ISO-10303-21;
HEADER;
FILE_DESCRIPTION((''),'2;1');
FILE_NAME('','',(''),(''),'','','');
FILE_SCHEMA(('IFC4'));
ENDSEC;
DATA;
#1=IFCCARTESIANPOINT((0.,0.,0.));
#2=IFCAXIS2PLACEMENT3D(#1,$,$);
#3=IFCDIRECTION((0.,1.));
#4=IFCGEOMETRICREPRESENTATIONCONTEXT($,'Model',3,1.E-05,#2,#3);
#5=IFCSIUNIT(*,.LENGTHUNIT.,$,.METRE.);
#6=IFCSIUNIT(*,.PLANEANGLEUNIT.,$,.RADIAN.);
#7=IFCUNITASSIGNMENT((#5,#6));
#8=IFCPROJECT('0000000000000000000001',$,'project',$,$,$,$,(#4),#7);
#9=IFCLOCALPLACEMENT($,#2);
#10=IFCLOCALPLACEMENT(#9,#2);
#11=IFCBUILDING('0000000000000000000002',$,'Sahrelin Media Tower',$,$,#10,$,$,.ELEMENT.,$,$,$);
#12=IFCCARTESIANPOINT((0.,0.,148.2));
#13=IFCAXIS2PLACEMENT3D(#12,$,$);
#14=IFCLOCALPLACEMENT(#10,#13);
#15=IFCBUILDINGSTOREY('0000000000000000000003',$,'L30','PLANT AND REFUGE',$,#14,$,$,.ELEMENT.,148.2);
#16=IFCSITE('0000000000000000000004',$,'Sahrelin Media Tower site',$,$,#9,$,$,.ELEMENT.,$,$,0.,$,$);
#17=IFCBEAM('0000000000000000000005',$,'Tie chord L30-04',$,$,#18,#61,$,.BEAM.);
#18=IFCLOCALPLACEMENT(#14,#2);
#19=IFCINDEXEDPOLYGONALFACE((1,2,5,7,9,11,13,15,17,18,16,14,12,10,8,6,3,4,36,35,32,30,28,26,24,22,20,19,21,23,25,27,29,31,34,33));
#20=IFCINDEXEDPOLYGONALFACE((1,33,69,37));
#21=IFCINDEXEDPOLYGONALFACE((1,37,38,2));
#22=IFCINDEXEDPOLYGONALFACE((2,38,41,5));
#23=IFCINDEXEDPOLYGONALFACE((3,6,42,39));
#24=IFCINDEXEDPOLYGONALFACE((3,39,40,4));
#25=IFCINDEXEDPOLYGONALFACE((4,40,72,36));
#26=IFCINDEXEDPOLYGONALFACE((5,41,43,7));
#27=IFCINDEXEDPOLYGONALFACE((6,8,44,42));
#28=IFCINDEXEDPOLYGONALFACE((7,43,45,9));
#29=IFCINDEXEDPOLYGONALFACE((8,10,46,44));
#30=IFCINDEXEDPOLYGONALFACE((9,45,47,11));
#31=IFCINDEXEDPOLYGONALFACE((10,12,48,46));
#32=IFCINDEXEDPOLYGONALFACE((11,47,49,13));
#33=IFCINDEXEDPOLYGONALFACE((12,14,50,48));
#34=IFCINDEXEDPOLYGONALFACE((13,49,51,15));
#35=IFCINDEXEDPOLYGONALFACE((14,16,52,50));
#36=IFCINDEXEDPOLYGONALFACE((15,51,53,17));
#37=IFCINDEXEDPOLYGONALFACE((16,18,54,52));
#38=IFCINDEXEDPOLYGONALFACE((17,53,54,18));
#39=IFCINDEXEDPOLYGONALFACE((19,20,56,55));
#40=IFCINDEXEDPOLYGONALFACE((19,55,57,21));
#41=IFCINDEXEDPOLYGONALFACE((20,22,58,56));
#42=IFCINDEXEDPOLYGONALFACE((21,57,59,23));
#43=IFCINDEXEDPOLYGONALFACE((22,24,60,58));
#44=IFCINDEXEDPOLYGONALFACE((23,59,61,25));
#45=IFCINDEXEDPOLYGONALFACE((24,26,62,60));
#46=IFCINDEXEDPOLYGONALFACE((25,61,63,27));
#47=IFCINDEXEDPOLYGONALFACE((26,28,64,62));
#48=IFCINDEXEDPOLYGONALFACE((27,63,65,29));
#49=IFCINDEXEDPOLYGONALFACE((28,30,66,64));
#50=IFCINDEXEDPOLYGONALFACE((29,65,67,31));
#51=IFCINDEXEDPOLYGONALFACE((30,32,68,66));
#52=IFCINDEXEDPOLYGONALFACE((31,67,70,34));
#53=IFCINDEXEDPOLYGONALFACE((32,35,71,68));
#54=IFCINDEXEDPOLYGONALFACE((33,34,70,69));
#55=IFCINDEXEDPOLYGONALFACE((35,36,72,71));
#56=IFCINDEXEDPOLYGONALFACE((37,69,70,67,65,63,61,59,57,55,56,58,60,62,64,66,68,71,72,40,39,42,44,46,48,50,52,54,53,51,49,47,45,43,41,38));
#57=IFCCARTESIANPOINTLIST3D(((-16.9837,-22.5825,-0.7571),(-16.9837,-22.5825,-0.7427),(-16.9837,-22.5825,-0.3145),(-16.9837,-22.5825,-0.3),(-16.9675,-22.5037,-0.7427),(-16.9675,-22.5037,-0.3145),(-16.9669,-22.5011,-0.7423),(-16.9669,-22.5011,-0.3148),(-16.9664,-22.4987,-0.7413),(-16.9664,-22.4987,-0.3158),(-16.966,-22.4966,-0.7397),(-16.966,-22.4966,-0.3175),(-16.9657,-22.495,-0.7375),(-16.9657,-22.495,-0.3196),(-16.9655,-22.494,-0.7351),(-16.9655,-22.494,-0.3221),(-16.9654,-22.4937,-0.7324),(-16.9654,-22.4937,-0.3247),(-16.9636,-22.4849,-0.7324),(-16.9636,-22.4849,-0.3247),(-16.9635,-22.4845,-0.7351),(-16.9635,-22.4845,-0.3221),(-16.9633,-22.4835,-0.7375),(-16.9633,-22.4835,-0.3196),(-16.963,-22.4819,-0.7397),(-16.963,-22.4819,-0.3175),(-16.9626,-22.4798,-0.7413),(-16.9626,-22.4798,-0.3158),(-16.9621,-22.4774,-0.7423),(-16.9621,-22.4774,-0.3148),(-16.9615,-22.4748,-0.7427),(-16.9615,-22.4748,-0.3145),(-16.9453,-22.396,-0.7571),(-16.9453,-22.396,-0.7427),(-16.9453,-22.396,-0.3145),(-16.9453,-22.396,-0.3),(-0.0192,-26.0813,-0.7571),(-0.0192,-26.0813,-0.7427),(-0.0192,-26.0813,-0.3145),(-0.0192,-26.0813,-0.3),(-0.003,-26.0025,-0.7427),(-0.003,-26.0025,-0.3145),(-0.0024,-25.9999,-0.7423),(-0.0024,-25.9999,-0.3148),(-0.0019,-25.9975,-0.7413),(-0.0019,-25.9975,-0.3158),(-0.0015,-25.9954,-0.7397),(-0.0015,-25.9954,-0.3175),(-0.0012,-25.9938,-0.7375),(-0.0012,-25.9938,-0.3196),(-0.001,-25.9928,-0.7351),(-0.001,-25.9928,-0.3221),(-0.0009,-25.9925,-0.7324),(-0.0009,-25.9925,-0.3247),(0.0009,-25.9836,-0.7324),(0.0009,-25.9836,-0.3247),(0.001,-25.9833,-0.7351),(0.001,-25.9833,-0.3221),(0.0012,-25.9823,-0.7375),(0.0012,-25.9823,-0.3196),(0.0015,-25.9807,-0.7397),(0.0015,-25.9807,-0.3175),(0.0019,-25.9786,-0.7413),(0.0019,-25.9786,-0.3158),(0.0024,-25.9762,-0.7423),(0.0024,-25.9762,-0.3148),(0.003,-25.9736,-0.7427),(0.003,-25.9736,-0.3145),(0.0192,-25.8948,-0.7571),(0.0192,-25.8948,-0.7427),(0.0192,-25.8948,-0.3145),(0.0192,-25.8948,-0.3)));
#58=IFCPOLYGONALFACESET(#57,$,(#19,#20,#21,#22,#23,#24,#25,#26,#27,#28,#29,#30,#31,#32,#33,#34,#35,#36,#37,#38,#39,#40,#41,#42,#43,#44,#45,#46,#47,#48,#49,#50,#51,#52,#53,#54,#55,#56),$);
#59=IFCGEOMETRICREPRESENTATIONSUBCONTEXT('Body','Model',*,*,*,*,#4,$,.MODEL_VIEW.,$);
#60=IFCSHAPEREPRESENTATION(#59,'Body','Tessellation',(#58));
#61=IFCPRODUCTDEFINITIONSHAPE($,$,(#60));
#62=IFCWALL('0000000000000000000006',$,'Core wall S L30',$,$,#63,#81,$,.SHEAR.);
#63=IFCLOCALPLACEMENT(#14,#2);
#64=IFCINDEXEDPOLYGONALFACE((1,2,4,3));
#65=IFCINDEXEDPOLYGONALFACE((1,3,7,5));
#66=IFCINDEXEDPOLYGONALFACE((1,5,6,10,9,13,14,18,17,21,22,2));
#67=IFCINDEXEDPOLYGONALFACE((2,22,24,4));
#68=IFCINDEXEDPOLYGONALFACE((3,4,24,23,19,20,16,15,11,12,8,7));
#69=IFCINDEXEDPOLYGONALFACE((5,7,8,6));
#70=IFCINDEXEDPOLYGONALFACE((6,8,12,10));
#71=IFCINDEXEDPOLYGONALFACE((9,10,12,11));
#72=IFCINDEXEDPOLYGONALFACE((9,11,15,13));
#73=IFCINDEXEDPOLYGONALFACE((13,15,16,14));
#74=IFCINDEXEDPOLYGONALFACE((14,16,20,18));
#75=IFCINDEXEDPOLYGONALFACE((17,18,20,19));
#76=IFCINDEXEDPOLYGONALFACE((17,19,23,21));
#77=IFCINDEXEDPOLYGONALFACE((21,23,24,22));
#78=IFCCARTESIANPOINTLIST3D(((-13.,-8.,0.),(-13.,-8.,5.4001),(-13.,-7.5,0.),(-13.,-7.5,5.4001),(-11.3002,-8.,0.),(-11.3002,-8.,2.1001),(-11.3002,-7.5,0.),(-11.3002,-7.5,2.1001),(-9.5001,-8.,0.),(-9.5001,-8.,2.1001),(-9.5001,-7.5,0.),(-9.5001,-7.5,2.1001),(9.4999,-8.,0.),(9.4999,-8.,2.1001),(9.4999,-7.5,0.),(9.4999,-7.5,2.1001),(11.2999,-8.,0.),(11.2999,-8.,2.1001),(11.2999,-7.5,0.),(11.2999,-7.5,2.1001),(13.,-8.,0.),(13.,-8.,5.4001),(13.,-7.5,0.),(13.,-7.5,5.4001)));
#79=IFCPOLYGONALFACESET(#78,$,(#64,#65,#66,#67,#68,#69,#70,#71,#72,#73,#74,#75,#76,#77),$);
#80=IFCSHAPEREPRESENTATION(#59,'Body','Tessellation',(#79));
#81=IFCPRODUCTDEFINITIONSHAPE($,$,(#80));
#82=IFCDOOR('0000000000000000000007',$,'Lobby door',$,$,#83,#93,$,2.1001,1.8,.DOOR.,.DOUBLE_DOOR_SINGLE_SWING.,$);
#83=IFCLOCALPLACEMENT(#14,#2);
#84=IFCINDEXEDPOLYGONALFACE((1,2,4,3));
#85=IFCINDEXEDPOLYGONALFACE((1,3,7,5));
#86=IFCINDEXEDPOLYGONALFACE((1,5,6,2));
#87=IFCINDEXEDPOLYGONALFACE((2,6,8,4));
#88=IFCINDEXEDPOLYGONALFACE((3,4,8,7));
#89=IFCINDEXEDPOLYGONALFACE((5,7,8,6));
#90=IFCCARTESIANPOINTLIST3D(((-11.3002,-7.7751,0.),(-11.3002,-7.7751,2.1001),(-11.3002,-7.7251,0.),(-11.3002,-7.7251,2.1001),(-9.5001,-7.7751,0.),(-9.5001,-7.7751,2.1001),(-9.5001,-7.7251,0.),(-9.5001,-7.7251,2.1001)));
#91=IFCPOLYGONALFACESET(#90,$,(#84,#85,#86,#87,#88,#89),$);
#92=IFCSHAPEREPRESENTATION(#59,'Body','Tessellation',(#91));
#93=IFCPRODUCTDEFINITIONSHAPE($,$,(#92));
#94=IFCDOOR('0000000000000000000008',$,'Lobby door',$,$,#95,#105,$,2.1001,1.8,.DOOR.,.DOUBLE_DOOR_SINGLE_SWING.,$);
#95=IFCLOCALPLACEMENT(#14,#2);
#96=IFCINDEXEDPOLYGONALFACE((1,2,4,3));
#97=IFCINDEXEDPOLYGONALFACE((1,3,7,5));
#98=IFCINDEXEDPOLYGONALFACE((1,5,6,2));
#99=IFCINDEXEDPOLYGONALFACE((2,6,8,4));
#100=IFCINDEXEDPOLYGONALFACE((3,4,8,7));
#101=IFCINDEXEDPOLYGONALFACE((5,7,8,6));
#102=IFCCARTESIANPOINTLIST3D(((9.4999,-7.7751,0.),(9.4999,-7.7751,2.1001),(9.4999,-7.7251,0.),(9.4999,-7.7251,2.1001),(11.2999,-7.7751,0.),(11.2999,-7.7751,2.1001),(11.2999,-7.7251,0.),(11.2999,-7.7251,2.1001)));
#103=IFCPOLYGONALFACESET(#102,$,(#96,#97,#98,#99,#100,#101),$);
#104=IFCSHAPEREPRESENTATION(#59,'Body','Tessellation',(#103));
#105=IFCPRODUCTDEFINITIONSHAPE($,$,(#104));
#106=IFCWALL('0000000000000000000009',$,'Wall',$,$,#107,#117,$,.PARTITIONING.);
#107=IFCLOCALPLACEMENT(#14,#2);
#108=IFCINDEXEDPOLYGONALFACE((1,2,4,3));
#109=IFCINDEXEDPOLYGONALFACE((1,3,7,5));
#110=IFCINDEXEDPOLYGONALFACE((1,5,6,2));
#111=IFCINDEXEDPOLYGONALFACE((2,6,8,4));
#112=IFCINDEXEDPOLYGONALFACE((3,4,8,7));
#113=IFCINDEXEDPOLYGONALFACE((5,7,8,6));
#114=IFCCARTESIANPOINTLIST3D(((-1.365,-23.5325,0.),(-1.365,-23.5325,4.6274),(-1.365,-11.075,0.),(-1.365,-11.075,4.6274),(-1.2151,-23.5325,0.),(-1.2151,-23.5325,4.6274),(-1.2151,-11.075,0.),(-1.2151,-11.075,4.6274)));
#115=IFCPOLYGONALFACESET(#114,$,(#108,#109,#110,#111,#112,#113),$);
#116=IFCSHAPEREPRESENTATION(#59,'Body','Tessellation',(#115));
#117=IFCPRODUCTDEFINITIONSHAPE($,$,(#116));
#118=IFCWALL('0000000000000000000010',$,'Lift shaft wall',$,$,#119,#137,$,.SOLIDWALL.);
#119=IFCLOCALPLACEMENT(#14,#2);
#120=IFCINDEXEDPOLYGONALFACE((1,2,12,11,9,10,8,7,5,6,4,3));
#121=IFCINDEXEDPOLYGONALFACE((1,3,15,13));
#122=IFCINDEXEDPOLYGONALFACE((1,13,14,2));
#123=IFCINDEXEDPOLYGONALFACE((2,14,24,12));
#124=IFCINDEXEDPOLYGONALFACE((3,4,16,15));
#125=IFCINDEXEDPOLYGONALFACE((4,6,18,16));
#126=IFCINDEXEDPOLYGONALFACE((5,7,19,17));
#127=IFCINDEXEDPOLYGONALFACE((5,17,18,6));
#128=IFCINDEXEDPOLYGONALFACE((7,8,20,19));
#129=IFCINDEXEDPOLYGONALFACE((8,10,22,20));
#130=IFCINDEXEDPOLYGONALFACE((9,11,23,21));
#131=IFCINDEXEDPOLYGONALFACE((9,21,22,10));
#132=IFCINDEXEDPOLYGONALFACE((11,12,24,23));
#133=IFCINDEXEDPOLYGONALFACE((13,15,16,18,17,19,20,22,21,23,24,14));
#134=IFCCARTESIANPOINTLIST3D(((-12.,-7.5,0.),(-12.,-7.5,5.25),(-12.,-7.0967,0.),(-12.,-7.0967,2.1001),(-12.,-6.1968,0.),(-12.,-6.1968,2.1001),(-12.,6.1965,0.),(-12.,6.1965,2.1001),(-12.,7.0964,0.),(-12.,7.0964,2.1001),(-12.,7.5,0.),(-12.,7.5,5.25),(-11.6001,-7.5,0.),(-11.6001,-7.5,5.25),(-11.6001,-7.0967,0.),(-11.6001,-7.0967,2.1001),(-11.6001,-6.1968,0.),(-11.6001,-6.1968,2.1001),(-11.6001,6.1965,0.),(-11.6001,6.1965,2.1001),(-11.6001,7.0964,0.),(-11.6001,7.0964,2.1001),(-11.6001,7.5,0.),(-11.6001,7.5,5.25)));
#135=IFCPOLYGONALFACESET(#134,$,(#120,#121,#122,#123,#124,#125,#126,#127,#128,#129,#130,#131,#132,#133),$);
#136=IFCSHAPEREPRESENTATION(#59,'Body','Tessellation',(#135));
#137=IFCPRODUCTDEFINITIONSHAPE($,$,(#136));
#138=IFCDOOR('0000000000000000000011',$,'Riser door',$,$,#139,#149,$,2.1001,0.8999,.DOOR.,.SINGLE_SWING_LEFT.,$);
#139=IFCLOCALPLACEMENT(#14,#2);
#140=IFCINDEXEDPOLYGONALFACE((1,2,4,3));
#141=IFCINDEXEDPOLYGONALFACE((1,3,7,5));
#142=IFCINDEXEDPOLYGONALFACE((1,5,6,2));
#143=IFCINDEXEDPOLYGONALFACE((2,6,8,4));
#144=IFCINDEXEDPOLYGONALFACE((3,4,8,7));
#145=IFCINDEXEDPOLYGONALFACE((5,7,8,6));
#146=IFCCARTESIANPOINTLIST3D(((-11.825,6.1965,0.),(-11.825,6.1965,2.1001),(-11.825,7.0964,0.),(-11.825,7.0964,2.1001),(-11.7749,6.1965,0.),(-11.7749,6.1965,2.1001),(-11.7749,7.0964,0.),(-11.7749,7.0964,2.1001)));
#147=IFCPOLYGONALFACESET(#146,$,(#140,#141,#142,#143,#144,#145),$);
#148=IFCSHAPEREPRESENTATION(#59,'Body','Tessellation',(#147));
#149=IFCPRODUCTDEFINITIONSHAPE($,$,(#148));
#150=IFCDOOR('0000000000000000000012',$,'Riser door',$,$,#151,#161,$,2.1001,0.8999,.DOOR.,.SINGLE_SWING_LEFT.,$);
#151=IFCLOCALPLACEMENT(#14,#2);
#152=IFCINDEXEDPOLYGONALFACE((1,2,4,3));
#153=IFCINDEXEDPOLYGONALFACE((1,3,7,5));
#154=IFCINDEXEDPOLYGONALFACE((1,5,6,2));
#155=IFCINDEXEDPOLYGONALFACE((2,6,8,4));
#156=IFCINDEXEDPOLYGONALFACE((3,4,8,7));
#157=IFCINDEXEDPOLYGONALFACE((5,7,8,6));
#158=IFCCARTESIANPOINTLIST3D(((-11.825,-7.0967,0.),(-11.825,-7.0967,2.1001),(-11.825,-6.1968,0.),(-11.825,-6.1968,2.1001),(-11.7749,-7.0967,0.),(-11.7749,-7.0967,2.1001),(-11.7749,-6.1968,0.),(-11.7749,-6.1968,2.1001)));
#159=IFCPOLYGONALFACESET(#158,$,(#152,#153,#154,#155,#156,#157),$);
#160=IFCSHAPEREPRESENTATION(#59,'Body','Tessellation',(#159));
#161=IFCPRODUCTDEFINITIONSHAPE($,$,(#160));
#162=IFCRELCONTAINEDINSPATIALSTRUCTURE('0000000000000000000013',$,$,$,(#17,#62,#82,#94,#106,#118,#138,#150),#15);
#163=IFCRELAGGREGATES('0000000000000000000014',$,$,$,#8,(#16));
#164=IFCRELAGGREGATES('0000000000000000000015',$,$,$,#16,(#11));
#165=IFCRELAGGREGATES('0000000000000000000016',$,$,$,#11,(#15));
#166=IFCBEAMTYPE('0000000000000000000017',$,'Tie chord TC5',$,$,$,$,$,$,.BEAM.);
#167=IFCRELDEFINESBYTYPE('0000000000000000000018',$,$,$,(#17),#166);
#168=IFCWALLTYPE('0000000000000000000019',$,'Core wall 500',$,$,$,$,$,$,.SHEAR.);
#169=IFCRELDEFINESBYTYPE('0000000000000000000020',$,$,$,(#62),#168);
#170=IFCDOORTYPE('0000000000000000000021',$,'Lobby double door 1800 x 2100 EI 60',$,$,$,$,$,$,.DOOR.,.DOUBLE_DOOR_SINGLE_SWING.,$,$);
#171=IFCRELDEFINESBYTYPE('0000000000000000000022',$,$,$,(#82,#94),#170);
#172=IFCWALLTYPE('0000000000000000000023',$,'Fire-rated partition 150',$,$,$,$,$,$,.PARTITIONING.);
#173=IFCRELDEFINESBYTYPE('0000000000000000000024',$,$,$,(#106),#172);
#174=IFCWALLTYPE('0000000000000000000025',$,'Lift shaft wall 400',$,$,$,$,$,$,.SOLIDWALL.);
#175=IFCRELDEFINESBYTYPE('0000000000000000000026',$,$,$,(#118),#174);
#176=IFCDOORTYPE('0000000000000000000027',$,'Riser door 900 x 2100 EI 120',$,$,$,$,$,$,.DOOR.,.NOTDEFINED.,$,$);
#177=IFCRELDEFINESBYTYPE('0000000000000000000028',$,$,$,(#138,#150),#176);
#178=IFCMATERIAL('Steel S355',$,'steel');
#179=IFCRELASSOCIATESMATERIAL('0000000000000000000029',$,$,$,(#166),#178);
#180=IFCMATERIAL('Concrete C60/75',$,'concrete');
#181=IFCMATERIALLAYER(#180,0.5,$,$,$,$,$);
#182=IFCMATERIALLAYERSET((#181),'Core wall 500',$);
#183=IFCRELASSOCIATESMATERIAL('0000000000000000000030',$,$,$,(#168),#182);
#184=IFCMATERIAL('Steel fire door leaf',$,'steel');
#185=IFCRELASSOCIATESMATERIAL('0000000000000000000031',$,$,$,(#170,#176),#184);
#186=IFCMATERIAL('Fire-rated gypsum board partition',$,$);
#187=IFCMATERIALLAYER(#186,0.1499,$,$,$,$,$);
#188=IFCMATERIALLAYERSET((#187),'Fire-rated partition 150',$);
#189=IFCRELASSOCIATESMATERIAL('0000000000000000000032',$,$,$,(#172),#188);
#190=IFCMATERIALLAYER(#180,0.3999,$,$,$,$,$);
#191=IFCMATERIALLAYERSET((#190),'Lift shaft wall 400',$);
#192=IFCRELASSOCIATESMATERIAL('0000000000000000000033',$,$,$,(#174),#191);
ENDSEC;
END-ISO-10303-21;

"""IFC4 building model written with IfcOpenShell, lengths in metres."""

from ifc_helpers import new_model, si_unit, direction, frame, frame_2d, origin, origin_2d, place, context, subcontext, project, spatial, rectangle, i_section, extrude, material, layer, layer_set, material_profile, profile_set, type_object, element, fill, save


model = new_model("IFC4")

# Units and contexts
model_context = context("Model", 3, precision=1e-05, world=origin(), true_north=direction((0.0, 1.0)))
body_context = subcontext(model_context, "Body", "Model", "MODEL_VIEW")
ifc_project = project(units=[si_unit("LENGTHUNIT", "METRE"), si_unit("PLANEANGLEUNIT", "RADIAN")], contexts=[model_context])

# Site, building, storey
site_placement = place(None, origin())
site = spatial("IfcSite", under=ifc_project, at=site_placement, Name="Sahrelin Media Tower site", CompositionType="ELEMENT", RefElevation=0.0)
building_placement = place(site_placement, origin())
building = spatial("IfcBuilding", under=site, at=building_placement, Name="Sahrelin Media Tower", CompositionType="ELEMENT")
storey_placement = place(building_placement, frame((0.0, 0.0, 148.2)))
storey = spatial("IfcBuildingStorey", under=building, at=storey_placement, Name="L30", Description="PLANT AND REFUGE", CompositionType="ELEMENT", Elevation=148.2)

# Beam
ifc_material_1 = material(Name="Steel S355", Category="steel")
ifc_material_profile_1 = material_profile(ifc_material_1, i_section(OverallWidth=0.1904, OverallDepth=0.457, WebThickness=0.009, FlangeThickness=0.0144, FilletRadius=0.0103, at=origin_2d()), Name="UB 457x191x74")
ifc_profile_set_1 = profile_set([ifc_material_profile_1], Name="Steel S355")
beam_type_1 = type_object("IfcBeamType", Name="Tie chord TC5", PredefinedType="BEAM", material=ifc_profile_set_1)
beam_1_placement = place(storey_placement, frame((0.0, -25.988, -0.5286), z_axis=(-0.979388, 0.201989, 0.0), x_axis=(-0.201989, -0.979388, 0.0)))
element("IfcBeam", 1, at=beam_1_placement, inside=storey, type_object=beam_type_1, Name="Tie chord L30-04", PredefinedType="BEAM", context=body_context, shape_type="SweptSolid", body=[
    extrude(i_section(OverallWidth=0.1904, OverallDepth=0.457, WebThickness=0.009, FlangeThickness=0.0144, FilletRadius=0.0103, at=origin_2d()), origin(), (0.0, 0.0, 1.0), 17.3215),
])

# Wall, openings, doors
ifc_material_2 = material(Name="Concrete C60/75", Category="concrete")
ifc_layer_1 = layer(ifc_material_2, 0.5)
ifc_layer_set_1 = layer_set([ifc_layer_1], Name="Core wall 500")
wall_type_1 = type_object("IfcWallType", Name="Core wall 500", PredefinedType="SHEAR", material=ifc_layer_set_1)
wall_1_placement = place(storey_placement, frame((-13.0, -7.75, 0.0), z_axis=(0.0, 0.0, 1.0), x_axis=(1.0, 0.0, 0.0)))
wall_1 = element("IfcWall", 2, at=wall_1_placement, inside=storey, type_object=wall_type_1, Name="Core wall S L30", PredefinedType="SHEAR", context=body_context, shape_type="SweptSolid", body=[
    extrude(rectangle(XDim=26.0, YDim=0.5, at=frame_2d((13.0, 0.0))), origin(), (0.0, 0.0, 1.0), 5.4001),
])
opening_1_placement = place(wall_1_placement, frame((1.7, 0.0, 0.0)))
opening_1 = element("IfcOpeningElement", 3, at=opening_1_placement, cuts=wall_1, PredefinedType="OPENING", context=body_context, shape_type="SweptSolid", body=[
    extrude(rectangle(XDim=1.8, YDim=2.1001, at=frame_2d((0.8999, 1.05))), frame((0.0, 0.25, 0.0), z_axis=(0.0, -1.0, 0.0), x_axis=(1.0, 0.0, 0.0)), (0.0, 0.0, 1.0), 0.5),
])
opening_2_placement = place(wall_1_placement, frame((22.5, 0.0, 0.0)))
opening_2 = element("IfcOpeningElement", 4, at=opening_2_placement, cuts=wall_1, PredefinedType="OPENING", context=body_context, shape_type="SweptSolid", body=[
    extrude(rectangle(XDim=1.8, YDim=2.1001, at=frame_2d((0.8999, 1.05))), frame((0.0, 0.25, 0.0), z_axis=(0.0, -1.0, 0.0), x_axis=(1.0, 0.0, 0.0)), (0.0, 0.0, 1.0), 0.5),
])
ifc_material_3 = material(Name="Steel fire door leaf", Category="steel")
door_type_1 = type_object("IfcDoorType", Name="Lobby double door 1800 x 2100 EI 60", OperationType="DOUBLE_DOOR_SINGLE_SWING", PredefinedType="DOOR", material=ifc_material_3)
door_1_placement = place(opening_1_placement, origin())
door_1 = element("IfcDoor", 5, at=door_1_placement, inside=storey, type_object=door_type_1, Name="Lobby door", OperationType="DOUBLE_DOOR_SINGLE_SWING", OverallHeight=2.1001, OverallWidth=1.8, PredefinedType="DOOR", context=body_context, shape_type="SweptSolid", body=[
    extrude(rectangle(XDim=1.8, YDim=2.1001, at=frame_2d((0.8999, 1.05))), frame((0.0, 0.0249, 0.0), z_axis=(0.0, -1.0, 0.0), x_axis=(1.0, 0.0, 0.0)), (0.0, 0.0, 1.0), 0.05),
])
fill(opening_1, door_1)
door_2_placement = place(opening_2_placement, origin())
door_2 = element("IfcDoor", 6, at=door_2_placement, inside=storey, type_object=door_type_1, Name="Lobby door", OperationType="DOUBLE_DOOR_SINGLE_SWING", OverallHeight=2.1001, OverallWidth=1.8, PredefinedType="DOOR", context=body_context, shape_type="SweptSolid", body=[
    extrude(rectangle(XDim=1.8, YDim=2.1001, at=frame_2d((0.8999, 1.05))), frame((0.0, 0.0249, 0.0), z_axis=(0.0, -1.0, 0.0), x_axis=(1.0, 0.0, 0.0)), (0.0, 0.0, 1.0), 0.05),
])
fill(opening_2, door_2)

# Wall
ifc_material_4 = material(Name="Fire-rated gypsum board partition")
ifc_layer_2 = layer(ifc_material_4, 0.1499)
ifc_layer_set_2 = layer_set([ifc_layer_2], Name="Fire-rated partition 150")
wall_type_2 = type_object("IfcWallType", Name="Fire-rated partition 150", PredefinedType="PARTITIONING", material=ifc_layer_set_2)
wall_2_placement = place(storey_placement, frame((-1.29, -11.075, 0.0), z_axis=(0.0, 0.0, 1.0), x_axis=(0.0, -1.0, 0.0)))
element("IfcWall", 7, at=wall_2_placement, inside=storey, type_object=wall_type_2, Name="Wall", PredefinedType="PARTITIONING", context=body_context, shape_type="SweptSolid", body=[
    extrude(rectangle(XDim=12.4575, YDim=0.1499, at=frame_2d((6.2288, 0.0))), origin(), (0.0, 0.0, 1.0), 4.6274),
])

# Wall, openings, doors
ifc_layer_3 = layer(ifc_material_2, 0.3999)
ifc_layer_set_3 = layer_set([ifc_layer_3], Name="Lift shaft wall 400")
wall_type_3 = type_object("IfcWallType", Name="Lift shaft wall 400", PredefinedType="SOLIDWALL", material=ifc_layer_set_3)
wall_3_placement = place(storey_placement, frame((-11.8, -7.5, 0.0), z_axis=(0.0, 0.0, 1.0), x_axis=(0.0, 1.0, 0.0)))
wall_3 = element("IfcWall", 8, at=wall_3_placement, inside=storey, type_object=wall_type_3, Name="Lift shaft wall", PredefinedType="SOLIDWALL", context=body_context, shape_type="SweptSolid", body=[
    extrude(rectangle(XDim=15.0, YDim=0.3999, at=frame_2d((7.5, 0.0))), origin(), (0.0, 0.0, 1.0), 5.25),
])
opening_3_placement = place(wall_3_placement, frame((13.6965, 0.0, 0.0)))
opening_3 = element("IfcOpeningElement", 9, at=opening_3_placement, cuts=wall_3, PredefinedType="OPENING", context=body_context, shape_type="SweptSolid", body=[
    extrude(rectangle(XDim=0.8999, YDim=2.1001, at=frame_2d((0.45, 1.05))), frame((0.0, 0.2, 0.0), z_axis=(0.0, -1.0, 0.0), x_axis=(1.0, 0.0, 0.0)), (0.0, 0.0, 1.0), 0.3999),
])
opening_4_placement = place(wall_3_placement, frame((0.4033, 0.0, 0.0)))
opening_4 = element("IfcOpeningElement", 10, at=opening_4_placement, cuts=wall_3, PredefinedType="OPENING", context=body_context, shape_type="SweptSolid", body=[
    extrude(rectangle(XDim=0.8999, YDim=2.1001, at=frame_2d((0.45, 1.05))), frame((0.0, 0.2, 0.0), z_axis=(0.0, -1.0, 0.0), x_axis=(1.0, 0.0, 0.0)), (0.0, 0.0, 1.0), 0.3999),
])
door_type_2 = type_object("IfcDoorType", Name="Riser door 900 x 2100 EI 120", OperationType="NOTDEFINED", PredefinedType="DOOR", material=ifc_material_3)
door_3_placement = place(opening_3_placement, origin())
door_3 = element("IfcDoor", 11, at=door_3_placement, inside=storey, type_object=door_type_2, Name="Riser door", OperationType="SINGLE_SWING_LEFT", OverallHeight=2.1001, OverallWidth=0.8999, PredefinedType="DOOR", context=body_context, shape_type="SweptSolid", body=[
    extrude(rectangle(XDim=0.8999, YDim=2.1001, at=frame_2d((0.45, 1.05))), frame((0.0, 0.0249, 0.0), z_axis=(0.0, -1.0, 0.0), x_axis=(1.0, 0.0, 0.0)), (0.0, 0.0, 1.0), 0.05),
])
fill(opening_3, door_3)
door_4_placement = place(opening_4_placement, origin())
door_4 = element("IfcDoor", 12, at=door_4_placement, inside=storey, type_object=door_type_2, Name="Riser door", OperationType="SINGLE_SWING_LEFT", OverallHeight=2.1001, OverallWidth=0.8999, PredefinedType="DOOR", context=body_context, shape_type="SweptSolid", body=[
    extrude(rectangle(XDim=0.8999, YDim=2.1001, at=frame_2d((0.45, 1.05))), frame((0.0, 0.0249, 0.0), z_axis=(0.0, -1.0, 0.0), x_axis=(1.0, 0.0, 0.0)), (0.0, 0.0, 1.0), 0.05),
])
fill(opening_4, door_4)

save(model, "model.ifc")
